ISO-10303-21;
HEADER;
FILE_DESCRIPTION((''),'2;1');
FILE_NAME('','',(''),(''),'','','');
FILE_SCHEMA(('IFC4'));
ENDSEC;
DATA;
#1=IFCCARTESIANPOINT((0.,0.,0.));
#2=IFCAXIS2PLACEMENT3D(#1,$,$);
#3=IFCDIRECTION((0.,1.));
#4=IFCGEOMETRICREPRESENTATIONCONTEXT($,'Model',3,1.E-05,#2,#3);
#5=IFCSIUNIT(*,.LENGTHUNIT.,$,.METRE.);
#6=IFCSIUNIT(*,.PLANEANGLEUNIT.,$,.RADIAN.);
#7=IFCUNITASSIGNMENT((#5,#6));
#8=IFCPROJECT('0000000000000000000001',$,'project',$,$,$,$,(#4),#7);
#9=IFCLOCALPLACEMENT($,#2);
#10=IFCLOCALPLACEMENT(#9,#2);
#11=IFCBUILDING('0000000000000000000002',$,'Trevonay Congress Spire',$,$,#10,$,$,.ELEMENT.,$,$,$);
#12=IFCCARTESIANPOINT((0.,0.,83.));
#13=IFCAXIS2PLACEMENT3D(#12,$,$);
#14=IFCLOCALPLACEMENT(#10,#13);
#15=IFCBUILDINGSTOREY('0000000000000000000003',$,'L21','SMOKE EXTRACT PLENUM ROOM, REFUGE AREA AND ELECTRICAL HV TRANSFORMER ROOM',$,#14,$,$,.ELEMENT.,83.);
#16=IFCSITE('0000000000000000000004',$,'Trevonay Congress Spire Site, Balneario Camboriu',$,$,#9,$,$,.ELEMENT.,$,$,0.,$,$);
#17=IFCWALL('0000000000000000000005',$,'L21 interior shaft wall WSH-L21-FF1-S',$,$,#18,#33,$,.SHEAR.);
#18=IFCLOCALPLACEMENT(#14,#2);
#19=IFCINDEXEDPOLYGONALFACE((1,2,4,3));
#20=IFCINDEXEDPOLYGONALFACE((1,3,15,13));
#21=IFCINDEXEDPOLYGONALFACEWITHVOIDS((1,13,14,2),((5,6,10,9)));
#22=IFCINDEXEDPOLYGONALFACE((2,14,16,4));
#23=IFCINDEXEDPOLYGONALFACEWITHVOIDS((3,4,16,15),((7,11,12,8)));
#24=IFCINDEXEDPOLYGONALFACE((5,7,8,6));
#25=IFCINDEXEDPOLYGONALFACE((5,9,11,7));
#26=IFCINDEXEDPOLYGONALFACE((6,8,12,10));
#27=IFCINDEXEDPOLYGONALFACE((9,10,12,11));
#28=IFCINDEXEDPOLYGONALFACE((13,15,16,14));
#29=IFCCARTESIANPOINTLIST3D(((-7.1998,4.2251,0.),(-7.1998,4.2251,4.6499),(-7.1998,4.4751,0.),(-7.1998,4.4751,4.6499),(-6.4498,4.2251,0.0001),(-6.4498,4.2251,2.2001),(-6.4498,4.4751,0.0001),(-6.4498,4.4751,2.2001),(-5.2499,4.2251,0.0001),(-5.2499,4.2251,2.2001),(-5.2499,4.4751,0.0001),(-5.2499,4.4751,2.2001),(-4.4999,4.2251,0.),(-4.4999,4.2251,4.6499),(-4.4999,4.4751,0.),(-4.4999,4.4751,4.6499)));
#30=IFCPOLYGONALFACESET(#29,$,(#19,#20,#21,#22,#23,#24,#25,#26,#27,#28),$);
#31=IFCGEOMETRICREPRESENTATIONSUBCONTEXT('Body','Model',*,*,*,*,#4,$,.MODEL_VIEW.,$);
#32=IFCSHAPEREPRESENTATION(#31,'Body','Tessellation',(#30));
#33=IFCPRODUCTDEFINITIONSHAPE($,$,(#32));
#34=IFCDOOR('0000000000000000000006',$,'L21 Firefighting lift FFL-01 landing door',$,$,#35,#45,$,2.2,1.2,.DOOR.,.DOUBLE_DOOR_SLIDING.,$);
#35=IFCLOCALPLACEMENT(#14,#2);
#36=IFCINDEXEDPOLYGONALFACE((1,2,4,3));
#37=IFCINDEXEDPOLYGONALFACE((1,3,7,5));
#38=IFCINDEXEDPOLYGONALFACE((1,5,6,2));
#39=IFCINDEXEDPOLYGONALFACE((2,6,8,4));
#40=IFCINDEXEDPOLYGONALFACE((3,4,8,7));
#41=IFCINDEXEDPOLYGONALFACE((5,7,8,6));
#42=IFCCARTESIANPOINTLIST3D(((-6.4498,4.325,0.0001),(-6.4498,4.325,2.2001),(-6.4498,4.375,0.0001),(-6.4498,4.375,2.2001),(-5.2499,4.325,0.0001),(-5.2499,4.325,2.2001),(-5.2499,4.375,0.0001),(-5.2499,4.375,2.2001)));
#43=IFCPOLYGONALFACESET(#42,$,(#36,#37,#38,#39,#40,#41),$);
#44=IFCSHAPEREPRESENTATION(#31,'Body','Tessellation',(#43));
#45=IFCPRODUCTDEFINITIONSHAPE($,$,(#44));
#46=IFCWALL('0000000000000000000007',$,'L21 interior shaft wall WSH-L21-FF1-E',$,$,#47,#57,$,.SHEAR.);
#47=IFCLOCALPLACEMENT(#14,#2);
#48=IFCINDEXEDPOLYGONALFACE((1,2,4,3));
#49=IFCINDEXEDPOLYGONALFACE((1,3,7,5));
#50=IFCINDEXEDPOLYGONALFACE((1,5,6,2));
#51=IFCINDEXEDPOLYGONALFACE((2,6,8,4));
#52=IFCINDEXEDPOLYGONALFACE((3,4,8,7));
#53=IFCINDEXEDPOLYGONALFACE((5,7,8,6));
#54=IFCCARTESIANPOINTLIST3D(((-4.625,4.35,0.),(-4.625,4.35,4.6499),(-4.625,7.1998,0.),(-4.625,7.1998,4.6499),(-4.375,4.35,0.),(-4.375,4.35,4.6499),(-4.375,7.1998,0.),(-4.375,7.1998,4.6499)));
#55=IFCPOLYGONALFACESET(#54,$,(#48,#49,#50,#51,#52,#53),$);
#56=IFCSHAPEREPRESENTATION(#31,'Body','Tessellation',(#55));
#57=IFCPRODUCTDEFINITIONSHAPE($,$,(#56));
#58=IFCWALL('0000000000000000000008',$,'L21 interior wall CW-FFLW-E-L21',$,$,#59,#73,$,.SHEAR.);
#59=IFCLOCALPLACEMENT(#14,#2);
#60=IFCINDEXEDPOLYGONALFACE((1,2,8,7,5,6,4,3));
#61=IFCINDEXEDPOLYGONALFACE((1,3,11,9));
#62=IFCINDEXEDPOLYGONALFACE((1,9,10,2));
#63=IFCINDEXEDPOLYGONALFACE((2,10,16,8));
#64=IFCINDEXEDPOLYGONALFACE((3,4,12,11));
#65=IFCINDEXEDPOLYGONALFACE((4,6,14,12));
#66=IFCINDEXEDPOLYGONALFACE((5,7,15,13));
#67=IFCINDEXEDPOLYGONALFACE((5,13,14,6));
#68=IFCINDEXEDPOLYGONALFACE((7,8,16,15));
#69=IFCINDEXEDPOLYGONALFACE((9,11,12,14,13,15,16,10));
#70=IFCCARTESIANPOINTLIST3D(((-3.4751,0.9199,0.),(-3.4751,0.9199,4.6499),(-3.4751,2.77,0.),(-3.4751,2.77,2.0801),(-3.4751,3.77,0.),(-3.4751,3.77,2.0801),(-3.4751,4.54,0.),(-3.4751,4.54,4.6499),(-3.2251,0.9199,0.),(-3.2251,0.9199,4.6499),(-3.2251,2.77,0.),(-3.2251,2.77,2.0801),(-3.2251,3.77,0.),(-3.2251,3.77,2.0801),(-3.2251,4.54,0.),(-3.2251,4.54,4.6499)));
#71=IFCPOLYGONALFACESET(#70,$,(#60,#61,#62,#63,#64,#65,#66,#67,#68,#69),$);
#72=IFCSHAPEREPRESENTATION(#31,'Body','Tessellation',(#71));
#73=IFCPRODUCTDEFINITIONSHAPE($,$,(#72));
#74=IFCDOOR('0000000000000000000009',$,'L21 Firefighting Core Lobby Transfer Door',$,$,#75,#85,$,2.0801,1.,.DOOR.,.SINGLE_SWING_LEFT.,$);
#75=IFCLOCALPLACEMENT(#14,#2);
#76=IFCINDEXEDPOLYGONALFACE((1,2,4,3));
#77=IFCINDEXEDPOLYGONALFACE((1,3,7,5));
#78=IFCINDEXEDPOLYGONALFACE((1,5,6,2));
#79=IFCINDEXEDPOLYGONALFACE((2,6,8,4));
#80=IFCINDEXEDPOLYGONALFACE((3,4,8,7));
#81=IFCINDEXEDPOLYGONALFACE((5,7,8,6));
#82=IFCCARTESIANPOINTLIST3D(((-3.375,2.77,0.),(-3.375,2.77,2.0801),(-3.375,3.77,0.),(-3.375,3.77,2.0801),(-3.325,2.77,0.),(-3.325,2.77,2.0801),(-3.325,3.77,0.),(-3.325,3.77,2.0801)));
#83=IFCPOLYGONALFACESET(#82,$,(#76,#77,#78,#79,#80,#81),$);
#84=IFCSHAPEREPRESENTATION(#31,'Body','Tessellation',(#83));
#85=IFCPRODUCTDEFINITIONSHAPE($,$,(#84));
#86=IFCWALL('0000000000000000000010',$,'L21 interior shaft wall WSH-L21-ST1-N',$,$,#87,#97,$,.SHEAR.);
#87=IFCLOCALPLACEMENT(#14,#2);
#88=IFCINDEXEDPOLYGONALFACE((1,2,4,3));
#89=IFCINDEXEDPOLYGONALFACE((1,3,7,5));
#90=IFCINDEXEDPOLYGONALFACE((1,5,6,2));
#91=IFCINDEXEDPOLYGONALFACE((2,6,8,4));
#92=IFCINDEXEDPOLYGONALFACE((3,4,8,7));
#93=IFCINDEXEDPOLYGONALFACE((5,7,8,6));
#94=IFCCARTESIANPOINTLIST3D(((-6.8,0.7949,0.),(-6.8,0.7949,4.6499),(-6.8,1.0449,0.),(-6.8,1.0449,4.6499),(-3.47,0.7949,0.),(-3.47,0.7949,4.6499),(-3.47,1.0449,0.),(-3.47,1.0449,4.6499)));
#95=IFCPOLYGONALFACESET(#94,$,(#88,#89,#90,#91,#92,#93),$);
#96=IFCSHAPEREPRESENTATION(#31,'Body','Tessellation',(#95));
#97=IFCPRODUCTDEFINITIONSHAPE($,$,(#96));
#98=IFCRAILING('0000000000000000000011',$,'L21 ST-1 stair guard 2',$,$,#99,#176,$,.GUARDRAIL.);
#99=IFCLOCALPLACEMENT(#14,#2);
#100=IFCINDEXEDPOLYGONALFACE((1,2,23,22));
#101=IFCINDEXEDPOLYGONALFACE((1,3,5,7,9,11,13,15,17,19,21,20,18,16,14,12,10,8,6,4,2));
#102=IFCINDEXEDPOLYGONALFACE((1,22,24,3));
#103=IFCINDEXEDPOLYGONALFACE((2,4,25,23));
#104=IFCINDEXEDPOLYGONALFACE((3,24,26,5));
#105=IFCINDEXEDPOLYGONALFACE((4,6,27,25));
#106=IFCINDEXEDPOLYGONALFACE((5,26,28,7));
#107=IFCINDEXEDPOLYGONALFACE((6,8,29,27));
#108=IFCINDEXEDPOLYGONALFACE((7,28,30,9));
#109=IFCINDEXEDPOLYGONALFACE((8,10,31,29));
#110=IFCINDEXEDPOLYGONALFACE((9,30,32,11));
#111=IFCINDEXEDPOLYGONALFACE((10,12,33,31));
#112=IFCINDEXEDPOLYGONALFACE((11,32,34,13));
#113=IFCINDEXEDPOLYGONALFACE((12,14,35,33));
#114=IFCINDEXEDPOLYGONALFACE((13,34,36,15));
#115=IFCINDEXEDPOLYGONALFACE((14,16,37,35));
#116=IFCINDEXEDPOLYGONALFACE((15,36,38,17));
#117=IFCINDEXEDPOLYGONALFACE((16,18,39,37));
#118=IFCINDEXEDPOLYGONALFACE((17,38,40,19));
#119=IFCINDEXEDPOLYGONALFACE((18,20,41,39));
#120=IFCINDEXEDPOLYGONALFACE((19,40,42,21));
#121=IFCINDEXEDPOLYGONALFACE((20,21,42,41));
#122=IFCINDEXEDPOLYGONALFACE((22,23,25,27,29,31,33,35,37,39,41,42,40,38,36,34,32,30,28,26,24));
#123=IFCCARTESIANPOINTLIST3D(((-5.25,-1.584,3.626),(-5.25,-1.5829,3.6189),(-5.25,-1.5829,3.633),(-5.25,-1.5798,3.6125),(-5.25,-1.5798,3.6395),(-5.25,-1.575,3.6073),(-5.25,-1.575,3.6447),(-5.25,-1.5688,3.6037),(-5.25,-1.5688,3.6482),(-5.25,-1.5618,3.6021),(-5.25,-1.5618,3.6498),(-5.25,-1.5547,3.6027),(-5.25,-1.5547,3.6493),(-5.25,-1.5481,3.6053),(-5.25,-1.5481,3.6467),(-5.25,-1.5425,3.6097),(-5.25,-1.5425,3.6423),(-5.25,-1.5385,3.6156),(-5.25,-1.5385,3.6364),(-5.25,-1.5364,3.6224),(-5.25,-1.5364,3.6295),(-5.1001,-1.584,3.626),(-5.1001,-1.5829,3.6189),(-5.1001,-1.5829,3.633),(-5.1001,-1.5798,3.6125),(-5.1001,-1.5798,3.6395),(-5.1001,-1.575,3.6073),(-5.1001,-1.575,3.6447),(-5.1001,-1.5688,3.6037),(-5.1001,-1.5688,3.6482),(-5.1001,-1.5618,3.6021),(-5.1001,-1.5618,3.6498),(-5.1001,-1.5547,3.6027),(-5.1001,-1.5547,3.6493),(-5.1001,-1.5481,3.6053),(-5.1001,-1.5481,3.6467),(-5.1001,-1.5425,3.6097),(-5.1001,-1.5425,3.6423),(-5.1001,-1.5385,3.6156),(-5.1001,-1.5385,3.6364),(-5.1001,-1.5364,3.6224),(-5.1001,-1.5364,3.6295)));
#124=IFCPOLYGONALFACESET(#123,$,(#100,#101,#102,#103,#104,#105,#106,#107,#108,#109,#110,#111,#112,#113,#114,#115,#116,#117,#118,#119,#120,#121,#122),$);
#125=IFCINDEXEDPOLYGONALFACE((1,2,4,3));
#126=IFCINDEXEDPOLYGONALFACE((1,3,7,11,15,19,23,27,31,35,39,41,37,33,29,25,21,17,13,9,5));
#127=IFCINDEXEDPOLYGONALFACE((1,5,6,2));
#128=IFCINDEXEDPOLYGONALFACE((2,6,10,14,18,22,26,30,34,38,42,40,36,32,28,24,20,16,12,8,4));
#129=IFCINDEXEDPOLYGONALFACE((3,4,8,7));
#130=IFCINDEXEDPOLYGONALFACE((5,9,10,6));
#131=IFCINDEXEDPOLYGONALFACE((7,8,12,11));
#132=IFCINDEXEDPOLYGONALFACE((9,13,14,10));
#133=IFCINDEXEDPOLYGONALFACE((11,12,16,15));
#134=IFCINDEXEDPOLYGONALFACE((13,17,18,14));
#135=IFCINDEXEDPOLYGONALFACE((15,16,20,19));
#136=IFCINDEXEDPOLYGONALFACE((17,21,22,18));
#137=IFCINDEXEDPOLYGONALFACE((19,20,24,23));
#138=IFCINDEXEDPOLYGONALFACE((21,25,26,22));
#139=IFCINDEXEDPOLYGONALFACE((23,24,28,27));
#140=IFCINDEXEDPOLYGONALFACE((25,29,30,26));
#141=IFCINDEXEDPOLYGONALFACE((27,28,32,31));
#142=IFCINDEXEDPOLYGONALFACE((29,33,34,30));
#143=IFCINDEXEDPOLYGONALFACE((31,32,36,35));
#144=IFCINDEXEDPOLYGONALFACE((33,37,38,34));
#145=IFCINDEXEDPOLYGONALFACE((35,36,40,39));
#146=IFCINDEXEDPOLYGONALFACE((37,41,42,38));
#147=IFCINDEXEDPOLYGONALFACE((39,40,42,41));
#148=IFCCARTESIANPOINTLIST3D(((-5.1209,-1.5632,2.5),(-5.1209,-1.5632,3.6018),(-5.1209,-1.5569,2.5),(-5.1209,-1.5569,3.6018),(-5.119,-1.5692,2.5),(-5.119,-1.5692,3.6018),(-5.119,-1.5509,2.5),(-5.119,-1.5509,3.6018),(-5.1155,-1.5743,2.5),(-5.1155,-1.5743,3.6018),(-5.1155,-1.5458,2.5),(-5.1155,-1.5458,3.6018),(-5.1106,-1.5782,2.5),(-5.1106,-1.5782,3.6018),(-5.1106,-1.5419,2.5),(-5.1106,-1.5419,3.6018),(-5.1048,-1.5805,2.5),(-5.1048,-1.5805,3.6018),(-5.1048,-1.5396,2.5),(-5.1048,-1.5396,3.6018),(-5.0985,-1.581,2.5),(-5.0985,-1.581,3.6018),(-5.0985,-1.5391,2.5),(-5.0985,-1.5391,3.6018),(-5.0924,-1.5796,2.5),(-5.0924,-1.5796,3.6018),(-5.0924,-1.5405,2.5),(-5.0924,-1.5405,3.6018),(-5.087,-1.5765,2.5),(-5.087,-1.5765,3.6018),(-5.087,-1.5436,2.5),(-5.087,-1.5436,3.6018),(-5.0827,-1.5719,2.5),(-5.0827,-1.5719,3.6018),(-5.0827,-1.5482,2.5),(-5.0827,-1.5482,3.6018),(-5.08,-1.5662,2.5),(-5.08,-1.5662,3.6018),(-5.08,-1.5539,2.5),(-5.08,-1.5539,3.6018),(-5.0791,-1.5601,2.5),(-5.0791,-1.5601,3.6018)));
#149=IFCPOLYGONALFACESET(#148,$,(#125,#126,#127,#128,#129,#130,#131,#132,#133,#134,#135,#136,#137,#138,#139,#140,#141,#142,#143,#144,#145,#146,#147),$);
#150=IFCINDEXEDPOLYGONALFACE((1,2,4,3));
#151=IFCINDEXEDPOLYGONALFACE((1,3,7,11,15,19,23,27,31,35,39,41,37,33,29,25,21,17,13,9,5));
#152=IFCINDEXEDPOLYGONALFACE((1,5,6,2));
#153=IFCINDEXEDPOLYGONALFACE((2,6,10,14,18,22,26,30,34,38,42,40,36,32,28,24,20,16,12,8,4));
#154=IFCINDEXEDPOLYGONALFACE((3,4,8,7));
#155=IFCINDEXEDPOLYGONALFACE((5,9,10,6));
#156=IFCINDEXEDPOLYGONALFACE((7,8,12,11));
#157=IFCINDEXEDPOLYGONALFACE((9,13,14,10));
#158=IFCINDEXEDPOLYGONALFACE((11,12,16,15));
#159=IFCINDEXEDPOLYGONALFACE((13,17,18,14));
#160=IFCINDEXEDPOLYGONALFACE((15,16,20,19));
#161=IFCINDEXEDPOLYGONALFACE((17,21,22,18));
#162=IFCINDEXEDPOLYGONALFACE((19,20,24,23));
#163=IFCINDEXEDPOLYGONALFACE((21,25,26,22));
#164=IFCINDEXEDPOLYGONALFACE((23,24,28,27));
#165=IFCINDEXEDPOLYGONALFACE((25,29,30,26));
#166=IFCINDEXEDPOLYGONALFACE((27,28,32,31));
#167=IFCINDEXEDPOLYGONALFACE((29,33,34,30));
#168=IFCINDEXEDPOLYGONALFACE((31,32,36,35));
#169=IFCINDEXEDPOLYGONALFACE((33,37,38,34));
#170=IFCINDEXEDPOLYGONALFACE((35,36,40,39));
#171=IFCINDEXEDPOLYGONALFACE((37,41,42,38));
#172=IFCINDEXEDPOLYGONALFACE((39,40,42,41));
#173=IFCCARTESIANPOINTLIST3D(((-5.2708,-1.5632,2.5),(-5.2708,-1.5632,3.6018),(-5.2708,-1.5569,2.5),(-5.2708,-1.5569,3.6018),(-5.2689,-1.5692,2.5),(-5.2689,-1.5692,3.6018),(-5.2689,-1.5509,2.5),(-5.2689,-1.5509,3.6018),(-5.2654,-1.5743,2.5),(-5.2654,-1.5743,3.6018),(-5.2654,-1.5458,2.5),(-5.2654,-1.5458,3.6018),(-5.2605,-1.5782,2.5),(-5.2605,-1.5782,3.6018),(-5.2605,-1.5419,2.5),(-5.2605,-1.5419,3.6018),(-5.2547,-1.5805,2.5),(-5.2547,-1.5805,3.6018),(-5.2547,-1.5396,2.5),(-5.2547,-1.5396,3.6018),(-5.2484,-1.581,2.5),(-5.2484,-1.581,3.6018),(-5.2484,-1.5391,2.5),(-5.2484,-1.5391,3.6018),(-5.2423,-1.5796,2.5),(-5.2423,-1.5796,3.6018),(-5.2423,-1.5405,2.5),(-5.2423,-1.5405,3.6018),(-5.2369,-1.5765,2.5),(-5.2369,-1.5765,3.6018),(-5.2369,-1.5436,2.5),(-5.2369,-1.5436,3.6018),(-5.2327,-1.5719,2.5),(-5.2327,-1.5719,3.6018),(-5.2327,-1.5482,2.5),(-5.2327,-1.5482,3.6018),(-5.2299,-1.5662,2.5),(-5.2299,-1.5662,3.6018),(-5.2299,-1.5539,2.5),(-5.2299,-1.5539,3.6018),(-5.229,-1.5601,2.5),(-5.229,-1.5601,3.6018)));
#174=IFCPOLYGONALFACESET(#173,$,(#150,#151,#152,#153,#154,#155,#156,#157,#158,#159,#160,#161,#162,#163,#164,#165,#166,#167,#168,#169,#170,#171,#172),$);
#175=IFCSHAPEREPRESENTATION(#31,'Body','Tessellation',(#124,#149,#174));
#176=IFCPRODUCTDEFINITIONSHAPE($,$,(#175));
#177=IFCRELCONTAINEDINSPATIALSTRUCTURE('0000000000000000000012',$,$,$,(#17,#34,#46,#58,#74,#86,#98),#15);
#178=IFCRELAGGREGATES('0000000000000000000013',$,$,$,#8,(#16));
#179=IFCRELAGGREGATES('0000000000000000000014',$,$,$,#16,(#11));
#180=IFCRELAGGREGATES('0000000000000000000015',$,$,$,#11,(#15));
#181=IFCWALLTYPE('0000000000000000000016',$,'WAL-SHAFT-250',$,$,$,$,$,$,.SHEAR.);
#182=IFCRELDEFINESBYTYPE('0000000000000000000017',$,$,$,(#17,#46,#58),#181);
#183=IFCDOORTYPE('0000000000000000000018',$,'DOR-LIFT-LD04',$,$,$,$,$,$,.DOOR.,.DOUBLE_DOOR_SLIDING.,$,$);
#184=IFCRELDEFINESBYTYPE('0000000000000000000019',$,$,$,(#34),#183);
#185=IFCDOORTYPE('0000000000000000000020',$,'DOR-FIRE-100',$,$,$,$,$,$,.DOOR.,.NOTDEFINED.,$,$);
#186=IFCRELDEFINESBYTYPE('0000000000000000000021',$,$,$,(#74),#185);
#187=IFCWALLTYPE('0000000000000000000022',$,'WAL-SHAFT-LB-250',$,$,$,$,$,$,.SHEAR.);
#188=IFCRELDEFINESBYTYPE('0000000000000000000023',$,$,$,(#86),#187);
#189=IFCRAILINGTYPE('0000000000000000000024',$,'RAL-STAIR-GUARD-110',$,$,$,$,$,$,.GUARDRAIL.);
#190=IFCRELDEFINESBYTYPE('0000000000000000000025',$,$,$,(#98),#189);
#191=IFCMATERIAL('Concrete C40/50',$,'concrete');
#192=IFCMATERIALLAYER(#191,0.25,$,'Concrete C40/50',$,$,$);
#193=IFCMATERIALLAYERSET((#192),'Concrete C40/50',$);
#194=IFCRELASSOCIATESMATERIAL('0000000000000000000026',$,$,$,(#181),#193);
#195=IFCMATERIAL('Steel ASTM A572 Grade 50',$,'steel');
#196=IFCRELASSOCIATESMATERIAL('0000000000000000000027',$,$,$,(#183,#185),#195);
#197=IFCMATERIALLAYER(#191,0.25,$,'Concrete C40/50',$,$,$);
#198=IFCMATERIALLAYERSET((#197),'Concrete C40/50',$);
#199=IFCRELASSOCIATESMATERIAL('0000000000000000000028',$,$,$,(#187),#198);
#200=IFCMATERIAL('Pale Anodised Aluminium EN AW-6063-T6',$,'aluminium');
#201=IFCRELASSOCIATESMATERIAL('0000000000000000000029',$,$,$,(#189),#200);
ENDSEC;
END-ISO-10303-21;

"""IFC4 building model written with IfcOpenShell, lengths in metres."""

from ifc_helpers import new_model, si_unit, direction, frame, frame_2d, origin, origin_2d, place, context, subcontext, project, spatial, rectangle, circle, extrude, material, layer, layer_set, type_object, element, fill, save


model = new_model("IFC4")

# Units and contexts
model_context = context("Model", 3, precision=1e-05, world=origin(), true_north=direction((0.0, 1.0)))
body_context = subcontext(model_context, "Body", "Model", "MODEL_VIEW")
ifc_project = project(units=[si_unit("LENGTHUNIT", "METRE"), si_unit("PLANEANGLEUNIT", "RADIAN")], contexts=[model_context])

# Site, building, storey
site_placement = place(None, origin())
site = spatial("IfcSite", under=ifc_project, at=site_placement, Name="Trevonay Congress Spire Site, Balneario Camboriu", CompositionType="ELEMENT", RefElevation=0.0)
building_placement = place(site_placement, origin())
building = spatial("IfcBuilding", under=site, at=building_placement, Name="Trevonay Congress Spire", CompositionType="ELEMENT")
storey_placement = place(building_placement, frame((0.0, 0.0, 83.0)))
storey = spatial("IfcBuildingStorey", under=building, at=storey_placement, Name="L21", Description="SMOKE EXTRACT PLENUM ROOM, REFUGE AREA AND ELECTRICAL HV TRANSFORMER ROOM", CompositionType="ELEMENT", Elevation=83.0)

# Shared definitions
ifc_material_1 = material(Name="Steel ASTM A572 Grade 50", Category="steel")

# Shared definitions
ifc_material_2 = material(Name="Concrete C40/50", Category="concrete")

# Shared definitions
ifc_layer_1 = layer(ifc_material_2, 0.25, Name="Concrete C40/50")
ifc_layer_set_1 = layer_set([ifc_layer_1], Name="Concrete C40/50")
wall_type_1 = type_object("IfcWallType", Name="WAL-SHAFT-250", PredefinedType="SHEAR", material=ifc_layer_set_1)
ifc_material_3 = material(Name="Pale Anodised Aluminium EN AW-6063-T6", Category="aluminium")

# Wall, opening, door
wall_1_placement = place(storey_placement, frame((-7.2, 4.3501, 0.0), z_axis=(0.0, 0.0, 1.0), x_axis=(1.0, 0.0, 0.0)))
wall_1 = element("IfcWall", 1, at=wall_1_placement, inside=storey, type_object=wall_type_1, Name="L21 interior shaft wall WSH-L21-FF1-S", PredefinedType="SHEAR", context=body_context, shape_type="SweptSolid", body=[
    extrude(rectangle(XDim=2.7, YDim=0.25, at=frame_2d((1.3501, 0.0))), origin(), (0.0, 0.0, 1.0), 4.6499),
])
opening_1_placement = place(wall_1_placement, frame((0.75, 0.0, 0.0)))
opening_1 = element("IfcOpeningElement", 2, at=opening_1_placement, cuts=wall_1, PredefinedType="OPENING", context=body_context, shape_type="SweptSolid", body=[
    extrude(rectangle(XDim=1.2, YDim=2.2, at=frame_2d((0.6001, 1.1001))), frame((0.0, 0.135, 0.0), z_axis=(0.0, -1.0, 0.0), x_axis=(1.0, 0.0, 0.0)), (0.0, 0.0, 1.0), 0.27),
])
door_type_1 = type_object("IfcDoorType", Name="DOR-LIFT-LD04", OperationType="DOUBLE_DOOR_SLIDING", PredefinedType="DOOR", material=ifc_material_1)
door_1_placement = place(opening_1_placement, origin())
door_1 = element("IfcDoor", 3, at=door_1_placement, inside=storey, type_object=door_type_1, Name="L21 Firefighting lift FFL-01 landing door", OperationType="DOUBLE_DOOR_SLIDING", OverallHeight=2.2, OverallWidth=1.2, PredefinedType="DOOR", context=body_context, shape_type="SweptSolid", body=[
    extrude(rectangle(XDim=1.2, YDim=2.2, at=frame_2d((0.6001, 1.1001))), frame((0.0, 0.0249, 0.0), z_axis=(0.0, -1.0, 0.0), x_axis=(1.0, 0.0, 0.0)), (0.0, 0.0, 1.0), 0.05),
])
fill(opening_1, door_1)

# Wall
wall_2_placement = place(storey_placement, frame((-4.5, 4.3501, 0.0), z_axis=(0.0, 0.0, 1.0), x_axis=(0.0, 1.0, 0.0)))
element("IfcWall", 4, at=wall_2_placement, inside=storey, type_object=wall_type_1, Name="L21 interior shaft wall WSH-L21-FF1-E", PredefinedType="SHEAR", context=body_context, shape_type="SweptSolid", body=[
    extrude(rectangle(XDim=2.8499, YDim=0.25, at=frame_2d((1.4248, 0.0))), origin(), (0.0, 0.0, 1.0), 4.6499),
])

# Wall, opening, door
wall_3_placement = place(storey_placement, frame((-3.3501, 0.9199, 0.0), z_axis=(0.0, 0.0, 1.0), x_axis=(0.0, 1.0, 0.0)))
wall_3 = element("IfcWall", 5, at=wall_3_placement, inside=storey, type_object=wall_type_1, Name="L21 interior wall CW-FFLW-E-L21", PredefinedType="SHEAR", context=body_context, shape_type="SweptSolid", body=[
    extrude(rectangle(XDim=3.6201, YDim=0.25, at=frame_2d((1.8101, 0.0))), origin(), (0.0, 0.0, 1.0), 4.6499),
])
opening_2_placement = place(wall_3_placement, frame((1.8501, 0.0, 0.0)))
opening_2 = element("IfcOpeningElement", 6, at=opening_2_placement, cuts=wall_3, PredefinedType="OPENING", context=body_context, shape_type="SweptSolid", body=[
    extrude(rectangle(XDim=1.0, YDim=2.0801, at=frame_2d((0.5, 1.04))), frame((0.0, 0.135, 0.0), z_axis=(0.0, -1.0, 0.0), x_axis=(1.0, 0.0, 0.0)), (0.0, 0.0, 1.0), 0.27),
])
door_type_2 = type_object("IfcDoorType", Name="DOR-FIRE-100", OperationType="NOTDEFINED", PredefinedType="DOOR", material=ifc_material_1)
door_2_placement = place(opening_2_placement, origin())
door_2 = element("IfcDoor", 7, at=door_2_placement, inside=storey, type_object=door_type_2, Name="L21 Firefighting Core Lobby Transfer Door", OperationType="SINGLE_SWING_LEFT", OverallHeight=2.0801, OverallWidth=1.0, PredefinedType="DOOR", context=body_context, shape_type="SweptSolid", body=[
    extrude(rectangle(XDim=1.0, YDim=2.0801, at=frame_2d((0.5, 1.04))), frame((0.0, 0.0249, 0.0), z_axis=(0.0, -1.0, 0.0), x_axis=(1.0, 0.0, 0.0)), (0.0, 0.0, 1.0), 0.05),
])
fill(opening_2, door_2)

# Wall
ifc_layer_2 = layer(ifc_material_2, 0.25, Name="Concrete C40/50")
ifc_layer_set_2 = layer_set([ifc_layer_2], Name="Concrete C40/50")
wall_type_2 = type_object("IfcWallType", Name="WAL-SHAFT-LB-250", PredefinedType="SHEAR", material=ifc_layer_set_2)
wall_4_placement = place(storey_placement, frame((-6.8, 0.9199, 0.0), z_axis=(0.0, 0.0, 1.0), x_axis=(1.0, 0.0, 0.0)))
element("IfcWall", 8, at=wall_4_placement, inside=storey, type_object=wall_type_2, Name="L21 interior shaft wall WSH-L21-ST1-N", PredefinedType="SHEAR", context=body_context, shape_type="SweptSolid", body=[
    extrude(rectangle(XDim=3.3301, YDim=0.25, at=frame_2d((1.665, 0.0))), origin(), (0.0, 0.0, 1.0), 4.6499),
])

# Railing
railing_type = type_object("IfcRailingType", Name="RAL-STAIR-GUARD-110", PredefinedType="GUARDRAIL", material=ifc_material_3)
railing_placement = place(storey_placement, frame((-5.1001, -1.5601, 2.5)))
element("IfcRailing", 9, at=railing_placement, inside=storey, type_object=railing_type, Name="L21 ST-1 stair guard 2", PredefinedType="GUARDRAIL", context=body_context, shape_type="SweptSolid", body=[
    extrude(circle(Radius=0.0239, at=origin_2d()), frame((0.0, 0.0, 1.126), z_axis=(-1.0, 0.0, 0.0), x_axis=(0.0, -1.0, 0.0)), (0.0, 0.0, 1.0), 0.1499),
    extrude(circle(Radius=0.021, at=origin_2d()), origin(), (0.0, 0.0, 1.0), 1.1018),
    extrude(circle(Radius=0.021, at=origin_2d()), frame((-0.1499, 0.0, 0.0)), (0.0, 0.0, 1.0), 1.1018),
])

save(model, "model.ifc")
